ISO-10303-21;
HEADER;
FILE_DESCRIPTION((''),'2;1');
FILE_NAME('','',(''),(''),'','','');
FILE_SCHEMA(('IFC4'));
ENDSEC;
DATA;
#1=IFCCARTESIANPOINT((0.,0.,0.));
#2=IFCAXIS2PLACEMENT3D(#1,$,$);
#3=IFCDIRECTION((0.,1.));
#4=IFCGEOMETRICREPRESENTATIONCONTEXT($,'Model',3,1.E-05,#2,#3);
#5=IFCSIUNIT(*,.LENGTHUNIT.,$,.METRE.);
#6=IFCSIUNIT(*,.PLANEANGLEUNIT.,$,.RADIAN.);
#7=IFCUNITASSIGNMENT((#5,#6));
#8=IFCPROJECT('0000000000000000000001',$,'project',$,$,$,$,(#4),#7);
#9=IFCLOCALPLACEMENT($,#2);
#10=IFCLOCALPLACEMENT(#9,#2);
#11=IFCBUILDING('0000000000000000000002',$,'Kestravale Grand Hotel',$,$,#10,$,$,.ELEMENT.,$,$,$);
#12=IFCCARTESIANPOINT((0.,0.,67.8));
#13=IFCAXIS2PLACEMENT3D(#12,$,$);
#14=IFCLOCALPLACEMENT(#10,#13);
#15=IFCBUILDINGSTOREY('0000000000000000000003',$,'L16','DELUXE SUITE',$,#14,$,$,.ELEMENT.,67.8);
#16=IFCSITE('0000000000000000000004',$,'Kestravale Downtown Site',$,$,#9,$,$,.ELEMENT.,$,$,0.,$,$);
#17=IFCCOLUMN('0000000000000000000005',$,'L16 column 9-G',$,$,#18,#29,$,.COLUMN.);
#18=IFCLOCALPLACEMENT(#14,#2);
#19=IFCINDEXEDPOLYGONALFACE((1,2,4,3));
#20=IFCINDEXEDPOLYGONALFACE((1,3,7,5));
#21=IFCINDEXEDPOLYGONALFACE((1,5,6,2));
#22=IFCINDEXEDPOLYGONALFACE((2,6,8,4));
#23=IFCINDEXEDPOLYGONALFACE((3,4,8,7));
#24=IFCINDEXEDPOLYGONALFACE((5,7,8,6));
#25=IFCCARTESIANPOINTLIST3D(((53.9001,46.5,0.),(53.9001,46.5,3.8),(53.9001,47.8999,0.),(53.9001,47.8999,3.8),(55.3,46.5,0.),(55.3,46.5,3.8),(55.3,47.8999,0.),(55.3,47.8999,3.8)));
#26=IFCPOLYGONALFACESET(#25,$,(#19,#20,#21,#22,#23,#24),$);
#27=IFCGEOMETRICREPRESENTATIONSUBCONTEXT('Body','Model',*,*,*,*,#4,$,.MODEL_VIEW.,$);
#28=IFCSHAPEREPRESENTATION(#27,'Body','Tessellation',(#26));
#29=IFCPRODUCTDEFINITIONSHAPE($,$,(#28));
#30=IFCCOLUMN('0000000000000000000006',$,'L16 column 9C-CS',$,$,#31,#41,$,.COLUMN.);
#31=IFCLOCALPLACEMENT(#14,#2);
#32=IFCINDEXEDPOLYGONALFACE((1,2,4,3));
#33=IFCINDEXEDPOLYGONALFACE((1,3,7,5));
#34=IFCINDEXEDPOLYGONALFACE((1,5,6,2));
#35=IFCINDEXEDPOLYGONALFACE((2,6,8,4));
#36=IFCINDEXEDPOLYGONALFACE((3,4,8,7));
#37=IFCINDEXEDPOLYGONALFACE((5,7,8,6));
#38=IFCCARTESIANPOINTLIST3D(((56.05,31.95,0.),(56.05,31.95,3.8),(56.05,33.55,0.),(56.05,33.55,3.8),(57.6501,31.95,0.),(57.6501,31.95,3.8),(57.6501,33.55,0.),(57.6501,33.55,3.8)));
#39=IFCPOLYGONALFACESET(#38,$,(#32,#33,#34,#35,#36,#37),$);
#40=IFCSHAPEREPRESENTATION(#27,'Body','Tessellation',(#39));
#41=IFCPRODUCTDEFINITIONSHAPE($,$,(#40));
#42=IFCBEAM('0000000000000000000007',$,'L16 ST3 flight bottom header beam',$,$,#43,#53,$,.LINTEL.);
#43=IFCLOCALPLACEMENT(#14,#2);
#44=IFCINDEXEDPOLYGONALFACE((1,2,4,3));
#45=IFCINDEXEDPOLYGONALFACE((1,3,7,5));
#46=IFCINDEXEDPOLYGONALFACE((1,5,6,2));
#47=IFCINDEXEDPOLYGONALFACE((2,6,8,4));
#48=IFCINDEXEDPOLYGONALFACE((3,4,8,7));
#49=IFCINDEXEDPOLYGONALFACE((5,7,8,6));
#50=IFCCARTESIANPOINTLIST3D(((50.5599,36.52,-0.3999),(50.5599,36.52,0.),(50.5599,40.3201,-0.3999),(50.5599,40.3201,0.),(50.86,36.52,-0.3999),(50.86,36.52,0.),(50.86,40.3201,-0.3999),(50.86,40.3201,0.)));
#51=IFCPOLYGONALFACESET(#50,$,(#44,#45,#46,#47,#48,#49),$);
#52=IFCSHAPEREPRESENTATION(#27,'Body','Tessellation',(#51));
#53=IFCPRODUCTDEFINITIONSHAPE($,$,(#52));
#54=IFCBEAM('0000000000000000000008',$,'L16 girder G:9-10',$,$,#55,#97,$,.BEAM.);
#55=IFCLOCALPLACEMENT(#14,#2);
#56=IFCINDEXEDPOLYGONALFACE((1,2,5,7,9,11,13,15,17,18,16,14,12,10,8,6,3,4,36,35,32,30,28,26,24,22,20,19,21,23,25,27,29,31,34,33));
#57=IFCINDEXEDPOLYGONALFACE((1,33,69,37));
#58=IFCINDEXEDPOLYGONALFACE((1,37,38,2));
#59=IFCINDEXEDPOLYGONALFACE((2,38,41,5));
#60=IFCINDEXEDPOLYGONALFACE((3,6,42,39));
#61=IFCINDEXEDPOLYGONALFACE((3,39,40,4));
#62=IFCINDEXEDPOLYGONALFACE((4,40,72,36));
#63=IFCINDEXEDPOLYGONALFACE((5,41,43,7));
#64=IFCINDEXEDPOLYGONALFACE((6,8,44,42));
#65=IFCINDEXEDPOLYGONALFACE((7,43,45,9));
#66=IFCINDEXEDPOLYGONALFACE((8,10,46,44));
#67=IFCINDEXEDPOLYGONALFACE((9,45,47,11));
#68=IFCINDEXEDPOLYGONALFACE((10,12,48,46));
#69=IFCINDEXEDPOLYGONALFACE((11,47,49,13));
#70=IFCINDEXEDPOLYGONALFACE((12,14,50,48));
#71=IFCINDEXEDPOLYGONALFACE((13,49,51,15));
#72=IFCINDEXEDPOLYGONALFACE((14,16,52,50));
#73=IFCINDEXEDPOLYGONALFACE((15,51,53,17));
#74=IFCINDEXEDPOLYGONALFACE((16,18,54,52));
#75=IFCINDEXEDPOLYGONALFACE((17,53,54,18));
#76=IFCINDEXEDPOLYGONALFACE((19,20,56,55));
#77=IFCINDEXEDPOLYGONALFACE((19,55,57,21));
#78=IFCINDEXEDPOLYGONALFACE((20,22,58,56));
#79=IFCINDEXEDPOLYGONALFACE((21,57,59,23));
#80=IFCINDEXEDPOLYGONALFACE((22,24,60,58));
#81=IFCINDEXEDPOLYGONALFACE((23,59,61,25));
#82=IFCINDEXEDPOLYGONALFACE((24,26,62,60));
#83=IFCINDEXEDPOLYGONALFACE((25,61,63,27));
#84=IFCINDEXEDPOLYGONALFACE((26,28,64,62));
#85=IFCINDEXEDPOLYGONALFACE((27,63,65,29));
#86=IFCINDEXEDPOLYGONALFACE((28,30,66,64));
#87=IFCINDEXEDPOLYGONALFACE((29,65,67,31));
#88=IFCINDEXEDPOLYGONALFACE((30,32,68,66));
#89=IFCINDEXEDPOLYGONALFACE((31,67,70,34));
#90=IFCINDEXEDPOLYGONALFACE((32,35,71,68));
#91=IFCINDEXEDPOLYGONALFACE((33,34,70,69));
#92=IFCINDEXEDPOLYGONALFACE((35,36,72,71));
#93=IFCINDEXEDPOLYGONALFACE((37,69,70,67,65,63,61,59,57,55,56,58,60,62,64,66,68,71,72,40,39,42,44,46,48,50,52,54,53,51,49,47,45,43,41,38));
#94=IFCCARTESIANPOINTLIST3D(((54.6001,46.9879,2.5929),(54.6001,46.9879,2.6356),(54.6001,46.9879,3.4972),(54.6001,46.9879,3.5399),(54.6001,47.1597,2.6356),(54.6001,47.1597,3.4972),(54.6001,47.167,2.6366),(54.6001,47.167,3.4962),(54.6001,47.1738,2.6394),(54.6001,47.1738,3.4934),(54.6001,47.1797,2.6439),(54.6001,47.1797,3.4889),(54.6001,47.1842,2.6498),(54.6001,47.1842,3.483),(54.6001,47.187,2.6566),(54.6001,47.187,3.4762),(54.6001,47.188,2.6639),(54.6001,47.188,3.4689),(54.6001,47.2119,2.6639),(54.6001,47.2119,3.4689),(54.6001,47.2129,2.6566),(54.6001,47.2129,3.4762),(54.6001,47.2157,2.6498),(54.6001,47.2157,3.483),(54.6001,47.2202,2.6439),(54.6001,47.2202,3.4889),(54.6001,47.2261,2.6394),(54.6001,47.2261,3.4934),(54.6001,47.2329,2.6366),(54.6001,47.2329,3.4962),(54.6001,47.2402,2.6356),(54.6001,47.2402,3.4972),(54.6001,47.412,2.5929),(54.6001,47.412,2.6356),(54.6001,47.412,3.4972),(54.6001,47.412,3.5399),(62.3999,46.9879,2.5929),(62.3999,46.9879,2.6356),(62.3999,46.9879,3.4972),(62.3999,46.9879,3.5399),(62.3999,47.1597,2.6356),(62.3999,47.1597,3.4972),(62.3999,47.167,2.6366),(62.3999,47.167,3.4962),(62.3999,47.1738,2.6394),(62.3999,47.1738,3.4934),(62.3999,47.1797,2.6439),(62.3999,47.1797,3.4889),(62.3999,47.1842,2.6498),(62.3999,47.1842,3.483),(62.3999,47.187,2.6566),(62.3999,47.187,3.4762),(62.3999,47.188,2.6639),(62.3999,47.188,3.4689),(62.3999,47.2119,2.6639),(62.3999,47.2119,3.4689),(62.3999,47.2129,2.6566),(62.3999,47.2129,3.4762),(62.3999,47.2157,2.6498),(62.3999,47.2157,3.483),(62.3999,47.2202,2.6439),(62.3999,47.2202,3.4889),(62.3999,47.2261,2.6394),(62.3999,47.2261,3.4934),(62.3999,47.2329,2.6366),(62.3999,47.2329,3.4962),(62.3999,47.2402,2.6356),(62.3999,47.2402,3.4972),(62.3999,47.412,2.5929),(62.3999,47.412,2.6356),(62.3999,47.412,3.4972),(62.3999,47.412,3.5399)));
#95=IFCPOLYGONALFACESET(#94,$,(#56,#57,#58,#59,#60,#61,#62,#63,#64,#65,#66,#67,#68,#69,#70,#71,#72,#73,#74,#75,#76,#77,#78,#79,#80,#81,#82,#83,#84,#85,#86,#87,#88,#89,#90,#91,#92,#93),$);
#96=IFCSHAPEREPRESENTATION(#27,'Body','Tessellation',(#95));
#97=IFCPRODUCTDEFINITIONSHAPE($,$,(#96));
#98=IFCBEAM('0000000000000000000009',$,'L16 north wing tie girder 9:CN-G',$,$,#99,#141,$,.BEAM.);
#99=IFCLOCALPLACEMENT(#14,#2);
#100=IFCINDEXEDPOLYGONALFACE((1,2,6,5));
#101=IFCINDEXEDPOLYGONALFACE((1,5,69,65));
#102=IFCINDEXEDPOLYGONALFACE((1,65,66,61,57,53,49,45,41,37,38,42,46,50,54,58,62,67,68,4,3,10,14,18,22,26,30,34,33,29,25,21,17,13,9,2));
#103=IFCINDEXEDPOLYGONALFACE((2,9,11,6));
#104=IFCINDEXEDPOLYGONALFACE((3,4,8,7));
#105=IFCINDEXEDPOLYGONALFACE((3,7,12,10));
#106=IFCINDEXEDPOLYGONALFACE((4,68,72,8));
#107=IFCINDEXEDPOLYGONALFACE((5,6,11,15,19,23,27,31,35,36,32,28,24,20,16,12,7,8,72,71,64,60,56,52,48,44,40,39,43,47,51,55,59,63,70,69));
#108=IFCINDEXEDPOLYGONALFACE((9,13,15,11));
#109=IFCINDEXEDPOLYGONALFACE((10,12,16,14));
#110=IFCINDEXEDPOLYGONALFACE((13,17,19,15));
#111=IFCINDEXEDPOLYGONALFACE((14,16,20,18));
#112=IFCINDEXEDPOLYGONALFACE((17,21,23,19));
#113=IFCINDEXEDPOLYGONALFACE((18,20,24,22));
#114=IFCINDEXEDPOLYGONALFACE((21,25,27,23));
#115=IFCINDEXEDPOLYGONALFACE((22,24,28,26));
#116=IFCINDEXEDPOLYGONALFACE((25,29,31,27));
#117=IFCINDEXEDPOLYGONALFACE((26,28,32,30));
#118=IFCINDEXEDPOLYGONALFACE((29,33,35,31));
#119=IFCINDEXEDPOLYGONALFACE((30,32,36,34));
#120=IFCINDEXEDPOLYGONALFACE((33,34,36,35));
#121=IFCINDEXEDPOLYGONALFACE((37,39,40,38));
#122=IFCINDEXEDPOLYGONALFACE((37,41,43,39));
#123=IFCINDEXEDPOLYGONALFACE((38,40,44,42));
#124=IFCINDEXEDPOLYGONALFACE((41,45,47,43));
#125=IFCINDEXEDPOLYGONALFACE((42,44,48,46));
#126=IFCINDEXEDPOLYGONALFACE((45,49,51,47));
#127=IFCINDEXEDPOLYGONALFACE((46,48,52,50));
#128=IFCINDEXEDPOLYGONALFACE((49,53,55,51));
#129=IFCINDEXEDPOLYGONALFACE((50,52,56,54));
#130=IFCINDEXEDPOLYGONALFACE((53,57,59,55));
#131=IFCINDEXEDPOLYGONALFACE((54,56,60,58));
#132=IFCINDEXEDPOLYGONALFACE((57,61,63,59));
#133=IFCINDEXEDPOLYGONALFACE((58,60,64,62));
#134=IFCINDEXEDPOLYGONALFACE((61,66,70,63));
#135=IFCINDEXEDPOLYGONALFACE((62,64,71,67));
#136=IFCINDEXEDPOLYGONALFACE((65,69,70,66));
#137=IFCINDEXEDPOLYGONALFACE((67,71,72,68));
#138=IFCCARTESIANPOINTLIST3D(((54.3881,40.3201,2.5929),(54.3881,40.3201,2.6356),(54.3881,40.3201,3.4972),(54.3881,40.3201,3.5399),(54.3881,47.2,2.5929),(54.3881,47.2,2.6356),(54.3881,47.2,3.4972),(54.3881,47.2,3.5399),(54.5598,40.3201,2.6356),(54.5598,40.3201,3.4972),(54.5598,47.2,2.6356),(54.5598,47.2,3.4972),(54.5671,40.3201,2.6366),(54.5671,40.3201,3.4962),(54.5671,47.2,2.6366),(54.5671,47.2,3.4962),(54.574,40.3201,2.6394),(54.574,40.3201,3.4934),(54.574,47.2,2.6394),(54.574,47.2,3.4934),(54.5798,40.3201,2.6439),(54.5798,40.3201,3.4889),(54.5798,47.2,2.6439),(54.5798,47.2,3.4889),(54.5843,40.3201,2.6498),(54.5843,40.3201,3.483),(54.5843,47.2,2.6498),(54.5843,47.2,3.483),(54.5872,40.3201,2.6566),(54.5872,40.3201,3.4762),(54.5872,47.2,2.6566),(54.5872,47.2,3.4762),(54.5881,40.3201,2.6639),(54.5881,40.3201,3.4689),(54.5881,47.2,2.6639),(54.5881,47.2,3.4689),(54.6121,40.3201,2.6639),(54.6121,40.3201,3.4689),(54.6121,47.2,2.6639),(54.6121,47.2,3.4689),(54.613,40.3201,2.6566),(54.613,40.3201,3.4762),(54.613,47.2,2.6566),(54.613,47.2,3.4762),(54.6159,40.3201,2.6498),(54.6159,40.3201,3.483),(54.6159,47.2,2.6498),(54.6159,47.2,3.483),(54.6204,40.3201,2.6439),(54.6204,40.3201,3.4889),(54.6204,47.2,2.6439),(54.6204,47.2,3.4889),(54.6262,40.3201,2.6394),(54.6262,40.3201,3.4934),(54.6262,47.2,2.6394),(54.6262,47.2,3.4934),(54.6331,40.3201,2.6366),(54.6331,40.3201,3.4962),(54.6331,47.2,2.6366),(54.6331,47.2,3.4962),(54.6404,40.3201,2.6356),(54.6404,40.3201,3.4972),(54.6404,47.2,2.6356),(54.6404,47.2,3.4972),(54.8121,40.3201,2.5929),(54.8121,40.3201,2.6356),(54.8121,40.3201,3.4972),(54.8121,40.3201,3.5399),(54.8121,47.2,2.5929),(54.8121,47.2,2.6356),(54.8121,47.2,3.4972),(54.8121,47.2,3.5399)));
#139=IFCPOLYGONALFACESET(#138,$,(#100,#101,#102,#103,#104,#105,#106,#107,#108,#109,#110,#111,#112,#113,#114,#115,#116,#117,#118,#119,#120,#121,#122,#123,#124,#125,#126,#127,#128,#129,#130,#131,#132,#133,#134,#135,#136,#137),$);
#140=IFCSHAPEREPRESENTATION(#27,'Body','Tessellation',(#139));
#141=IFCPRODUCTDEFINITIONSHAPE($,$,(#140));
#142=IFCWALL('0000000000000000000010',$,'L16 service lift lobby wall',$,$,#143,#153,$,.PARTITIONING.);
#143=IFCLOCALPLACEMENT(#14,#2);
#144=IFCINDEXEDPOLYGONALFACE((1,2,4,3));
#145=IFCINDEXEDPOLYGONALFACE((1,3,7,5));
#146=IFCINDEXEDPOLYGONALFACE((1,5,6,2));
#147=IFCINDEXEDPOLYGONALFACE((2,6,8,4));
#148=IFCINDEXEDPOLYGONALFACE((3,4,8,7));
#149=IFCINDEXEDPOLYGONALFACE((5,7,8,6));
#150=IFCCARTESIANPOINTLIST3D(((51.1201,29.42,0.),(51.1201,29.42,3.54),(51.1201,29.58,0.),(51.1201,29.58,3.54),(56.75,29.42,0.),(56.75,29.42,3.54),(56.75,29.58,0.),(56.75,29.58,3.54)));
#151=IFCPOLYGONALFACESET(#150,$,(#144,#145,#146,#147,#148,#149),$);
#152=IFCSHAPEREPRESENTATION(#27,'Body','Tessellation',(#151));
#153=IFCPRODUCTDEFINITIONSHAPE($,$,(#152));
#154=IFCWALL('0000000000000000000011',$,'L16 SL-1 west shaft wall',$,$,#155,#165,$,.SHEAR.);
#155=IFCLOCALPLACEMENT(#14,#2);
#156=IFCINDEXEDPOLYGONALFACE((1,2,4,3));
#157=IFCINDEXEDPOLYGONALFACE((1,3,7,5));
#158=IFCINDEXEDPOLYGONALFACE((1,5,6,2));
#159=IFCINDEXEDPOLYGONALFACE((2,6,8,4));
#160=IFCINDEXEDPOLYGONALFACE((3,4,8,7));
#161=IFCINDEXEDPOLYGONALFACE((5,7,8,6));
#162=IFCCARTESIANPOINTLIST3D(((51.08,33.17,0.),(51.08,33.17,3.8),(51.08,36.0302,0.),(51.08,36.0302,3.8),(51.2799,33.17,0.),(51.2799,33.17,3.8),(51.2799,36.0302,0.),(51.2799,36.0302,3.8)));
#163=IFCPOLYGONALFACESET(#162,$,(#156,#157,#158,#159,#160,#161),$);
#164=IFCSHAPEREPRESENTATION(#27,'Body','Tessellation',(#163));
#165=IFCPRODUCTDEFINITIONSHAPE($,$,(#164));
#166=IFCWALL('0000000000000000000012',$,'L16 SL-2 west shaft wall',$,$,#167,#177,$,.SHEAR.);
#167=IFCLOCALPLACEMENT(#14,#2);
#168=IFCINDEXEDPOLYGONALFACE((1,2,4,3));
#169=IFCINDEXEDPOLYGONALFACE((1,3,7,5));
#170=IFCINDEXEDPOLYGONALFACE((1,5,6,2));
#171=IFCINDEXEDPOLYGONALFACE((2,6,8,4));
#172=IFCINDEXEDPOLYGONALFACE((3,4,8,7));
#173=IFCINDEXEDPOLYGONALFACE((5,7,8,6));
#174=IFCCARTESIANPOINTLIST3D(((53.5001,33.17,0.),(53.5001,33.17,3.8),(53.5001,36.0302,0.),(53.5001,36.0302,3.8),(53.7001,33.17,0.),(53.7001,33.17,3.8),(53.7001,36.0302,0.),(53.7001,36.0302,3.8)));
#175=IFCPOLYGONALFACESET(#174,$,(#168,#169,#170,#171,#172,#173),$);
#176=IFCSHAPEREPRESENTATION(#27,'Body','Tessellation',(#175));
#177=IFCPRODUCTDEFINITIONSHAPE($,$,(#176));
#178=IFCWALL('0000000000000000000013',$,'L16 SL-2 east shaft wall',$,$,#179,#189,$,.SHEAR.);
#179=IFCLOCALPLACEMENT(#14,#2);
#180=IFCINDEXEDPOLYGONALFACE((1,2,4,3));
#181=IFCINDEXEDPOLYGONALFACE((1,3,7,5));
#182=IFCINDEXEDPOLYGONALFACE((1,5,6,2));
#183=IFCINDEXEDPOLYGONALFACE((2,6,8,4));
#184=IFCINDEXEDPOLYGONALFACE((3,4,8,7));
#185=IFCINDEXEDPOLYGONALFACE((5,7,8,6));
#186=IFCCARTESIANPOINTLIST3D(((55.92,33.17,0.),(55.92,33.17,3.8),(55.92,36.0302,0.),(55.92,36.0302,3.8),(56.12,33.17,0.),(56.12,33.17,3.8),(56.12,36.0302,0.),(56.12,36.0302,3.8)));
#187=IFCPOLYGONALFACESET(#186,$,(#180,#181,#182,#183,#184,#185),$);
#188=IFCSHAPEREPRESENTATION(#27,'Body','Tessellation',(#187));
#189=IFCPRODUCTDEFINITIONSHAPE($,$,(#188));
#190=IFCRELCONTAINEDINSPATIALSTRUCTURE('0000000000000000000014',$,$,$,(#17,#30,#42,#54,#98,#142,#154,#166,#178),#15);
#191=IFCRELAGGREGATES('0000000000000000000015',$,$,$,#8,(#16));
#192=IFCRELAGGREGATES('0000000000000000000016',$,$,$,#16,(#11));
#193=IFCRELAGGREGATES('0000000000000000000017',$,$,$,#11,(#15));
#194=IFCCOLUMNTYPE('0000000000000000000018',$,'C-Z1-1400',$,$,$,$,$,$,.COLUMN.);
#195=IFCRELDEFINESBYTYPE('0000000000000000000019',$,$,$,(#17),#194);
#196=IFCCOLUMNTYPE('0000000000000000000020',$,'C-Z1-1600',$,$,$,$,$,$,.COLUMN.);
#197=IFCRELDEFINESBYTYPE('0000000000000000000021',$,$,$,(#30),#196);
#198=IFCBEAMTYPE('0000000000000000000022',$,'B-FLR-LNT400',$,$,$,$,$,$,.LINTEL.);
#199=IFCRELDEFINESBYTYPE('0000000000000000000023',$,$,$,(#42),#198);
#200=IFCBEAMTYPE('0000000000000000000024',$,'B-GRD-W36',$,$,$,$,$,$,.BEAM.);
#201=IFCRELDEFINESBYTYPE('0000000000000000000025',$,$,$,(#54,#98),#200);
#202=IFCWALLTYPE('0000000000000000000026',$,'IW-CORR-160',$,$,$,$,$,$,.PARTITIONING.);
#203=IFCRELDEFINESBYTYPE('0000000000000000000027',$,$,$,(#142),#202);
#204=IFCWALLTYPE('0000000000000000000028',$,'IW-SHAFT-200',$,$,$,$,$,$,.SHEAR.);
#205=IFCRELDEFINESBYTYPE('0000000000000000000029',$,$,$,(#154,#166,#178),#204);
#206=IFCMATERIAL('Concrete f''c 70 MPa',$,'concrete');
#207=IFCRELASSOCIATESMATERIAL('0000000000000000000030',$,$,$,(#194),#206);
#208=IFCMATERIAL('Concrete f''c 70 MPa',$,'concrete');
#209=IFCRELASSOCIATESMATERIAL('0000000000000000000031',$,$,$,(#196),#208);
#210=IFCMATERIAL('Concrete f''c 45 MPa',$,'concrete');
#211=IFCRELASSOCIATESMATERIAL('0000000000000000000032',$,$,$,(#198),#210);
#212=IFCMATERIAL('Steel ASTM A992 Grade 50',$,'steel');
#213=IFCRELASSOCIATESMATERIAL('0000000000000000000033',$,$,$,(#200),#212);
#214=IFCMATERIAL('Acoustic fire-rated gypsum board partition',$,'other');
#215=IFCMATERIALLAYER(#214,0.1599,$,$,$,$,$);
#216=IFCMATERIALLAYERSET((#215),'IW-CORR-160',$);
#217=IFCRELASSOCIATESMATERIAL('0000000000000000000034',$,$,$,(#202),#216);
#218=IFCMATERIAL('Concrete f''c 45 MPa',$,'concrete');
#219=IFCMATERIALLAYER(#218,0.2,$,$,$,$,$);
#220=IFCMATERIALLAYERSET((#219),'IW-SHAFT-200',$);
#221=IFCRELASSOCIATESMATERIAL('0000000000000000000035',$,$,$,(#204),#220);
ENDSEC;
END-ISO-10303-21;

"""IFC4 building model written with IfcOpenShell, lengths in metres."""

from ifc_helpers import new_model, si_unit, direction, frame, frame_2d, origin, origin_2d, place, context, subcontext, project, spatial, rectangle, i_section, extrude, material, layer, layer_set, material_profile, profile_set, type_object, element, save


model = new_model("IFC4")

# Units and contexts
model_context = context("Model", 3, precision=1e-05, world=origin(), true_north=direction((0.0, 1.0)))
body_context = subcontext(model_context, "Body", "Model", "MODEL_VIEW")
ifc_project = project(units=[si_unit("LENGTHUNIT", "METRE"), si_unit("PLANEANGLEUNIT", "RADIAN")], contexts=[model_context])

# Site, building, storey
site_placement = place(None, origin())
site = spatial("IfcSite", under=ifc_project, at=site_placement, Name="Kestravale Downtown Site", CompositionType="ELEMENT", RefElevation=0.0)
building_placement = place(site_placement, origin())
building = spatial("IfcBuilding", under=site, at=building_placement, Name="Kestravale Grand Hotel", CompositionType="ELEMENT")
storey_placement = place(building_placement, frame((0.0, 0.0, 67.8)))
storey = spatial("IfcBuildingStorey", under=building, at=storey_placement, Name="L16", Description="DELUXE SUITE", CompositionType="ELEMENT", Elevation=67.8)

# Columns
ifc_material_1 = material(Name="Concrete f'c 70 MPa", Category="concrete")
ifc_material_profile_1 = material_profile(ifc_material_1, rectangle(XDim=1.3999, YDim=1.3999, at=origin_2d()))
ifc_profile_set_1 = profile_set([ifc_material_profile_1], Name="Concrete f'c 70 MPa")
column_type_1 = type_object("IfcColumnType", Name="C-Z1-1400", PredefinedType="COLUMN", material=ifc_profile_set_1)
column_1_placement = place(storey_placement, frame((54.6001, 47.2, 0.0), z_axis=(0.0, 0.0, 1.0), x_axis=(1.0, 0.0, 0.0)))
element("IfcColumn", 1, at=column_1_placement, inside=storey, type_object=column_type_1, Name="L16 column 9-G", PredefinedType="COLUMN", context=body_context, shape_type="SweptSolid", body=[
    extrude(rectangle(XDim=1.3999, YDim=1.3999, at=origin_2d()), origin(), (0.0, 0.0, 1.0), 3.8),
])
ifc_material_2 = material(Name="Concrete f'c 70 MPa", Category="concrete")
ifc_material_profile_2 = material_profile(ifc_material_2, rectangle(XDim=1.6001, YDim=1.6001, at=origin_2d()))
ifc_profile_set_2 = profile_set([ifc_material_profile_2], Name="Concrete f'c 70 MPa")
column_type_2 = type_object("IfcColumnType", Name="C-Z1-1600", PredefinedType="COLUMN", material=ifc_profile_set_2)
column_2_placement = place(storey_placement, frame((56.8501, 32.75, 0.0), z_axis=(0.0, 0.0, 1.0), x_axis=(1.0, 0.0, 0.0)))
element("IfcColumn", 2, at=column_2_placement, inside=storey, type_object=column_type_2, Name="L16 column 9C-CS", PredefinedType="COLUMN", context=body_context, shape_type="SweptSolid", body=[
    extrude(rectangle(XDim=1.6001, YDim=1.6001, at=origin_2d()), origin(), (0.0, 0.0, 1.0), 3.8),
])

# Beams
ifc_material_3 = material(Name="Concrete f'c 45 MPa", Category="concrete")
ifc_material_profile_3 = material_profile(ifc_material_3, rectangle(XDim=0.3, YDim=0.3999, at=origin_2d()))
ifc_profile_set_3 = profile_set([ifc_material_profile_3], Name="Concrete f'c 45 MPa")
beam_type_1 = type_object("IfcBeamType", Name="B-FLR-LNT400", PredefinedType="LINTEL", material=ifc_profile_set_3)
beam_1_placement = place(storey_placement, frame((50.71, 36.52, -0.2), z_axis=(0.0, 1.0, 0.0), x_axis=(-1.0, 0.0, 0.0)))
element("IfcBeam", 3, at=beam_1_placement, inside=storey, type_object=beam_type_1, Name="L16 ST3 flight bottom header beam", PredefinedType="LINTEL", context=body_context, shape_type="SweptSolid", body=[
    extrude(rectangle(XDim=0.3, YDim=0.3999, at=origin_2d()), origin(), (0.0, 0.0, 1.0), 3.8),
])
ifc_material_4 = material(Name="Steel ASTM A992 Grade 50", Category="steel")
ifc_material_profile_4 = material_profile(ifc_material_4, i_section(OverallWidth=0.4241, OverallDepth=0.947, WebThickness=0.0239, FlangeThickness=0.0427, FilletRadius=0.0283, at=origin_2d()))
ifc_profile_set_4 = profile_set([ifc_material_profile_4], Name="Steel ASTM A992 Grade 50")
beam_type_2 = type_object("IfcBeamType", Name="B-GRD-W36", PredefinedType="BEAM", material=ifc_profile_set_4)
beam_2_placement = place(storey_placement, frame((54.6001, 47.2, 3.0664), z_axis=(1.0, 0.0, 0.0), x_axis=(0.0, 1.0, 0.0)))
element("IfcBeam", 4, at=beam_2_placement, inside=storey, type_object=beam_type_2, Name="L16 girder G:9-10", PredefinedType="BEAM", context=body_context, shape_type="SweptSolid", body=[
    extrude(i_section(OverallWidth=0.4241, OverallDepth=0.947, WebThickness=0.0239, FlangeThickness=0.0427, FilletRadius=0.0283, at=origin_2d()), origin(), (0.0, 0.0, 1.0), 7.7998),
])
beam_3_placement = place(storey_placement, frame((54.6001, 40.3201, 3.0664), z_axis=(0.0, 1.0, 0.0), x_axis=(-1.0, 0.0, 0.0)))
element("IfcBeam", 5, at=beam_3_placement, inside=storey, type_object=beam_type_2, Name="L16 north wing tie girder 9:CN-G", PredefinedType="BEAM", context=body_context, shape_type="SweptSolid", body=[
    extrude(i_section(OverallWidth=0.4241, OverallDepth=0.947, WebThickness=0.0239, FlangeThickness=0.0427, FilletRadius=0.0283, at=origin_2d()), origin(), (0.0, 0.0, 1.0), 6.8799),
])

# Shared definitions
ifc_material_5 = material(Name="Acoustic fire-rated gypsum board partition", Category="other")
ifc_layer_1 = layer(ifc_material_5, 0.1599)
ifc_layer_set_1 = layer_set([ifc_layer_1], Name="IW-CORR-160")
wall_type_1 = type_object("IfcWallType", Name="IW-CORR-160", PredefinedType="PARTITIONING", material=ifc_layer_set_1)

# Walls
wall_1_placement = place(storey_placement, frame((51.1201, 29.5, 0.0), z_axis=(0.0, 0.0, 1.0), x_axis=(1.0, 0.0, 0.0)))
element("IfcWall", 6, at=wall_1_placement, inside=storey, type_object=wall_type_1, Name="L16 service lift lobby wall", PredefinedType="PARTITIONING", context=body_context, shape_type="SweptSolid", body=[
    extrude(rectangle(XDim=5.6299, YDim=0.1599, at=frame_2d((2.8149, 0.0))), origin(), (0.0, 0.0, 1.0), 3.54),
])
ifc_material_6 = material(Name="Concrete f'c 45 MPa", Category="concrete")
ifc_layer_2 = layer(ifc_material_6, 0.2)
ifc_layer_set_2 = layer_set([ifc_layer_2], Name="IW-SHAFT-200")
wall_type_2 = type_object("IfcWallType", Name="IW-SHAFT-200", PredefinedType="SHEAR", material=ifc_layer_set_2)
for number, where, z_axis, x_axis, name in (
    (7, (51.1799, 33.1699, 0.0), (0.0, 0.0, 1.0), (0.0, 1.0, 0.0), "L16 SL-1 west shaft wall"),
    (8, (53.6001, 33.1699, 0.0), (0.0, 0.0, 1.0), (0.0, 1.0, 0.0), "L16 SL-2 west shaft wall"),
    (9, (56.02, 33.1699, 0.0), (0.0, 0.0, 1.0), (0.0, 1.0, 0.0), "L16 SL-2 east shaft wall"),
):
    element("IfcWall", number, at=place(storey_placement, frame(where, z_axis=z_axis, x_axis=x_axis)), inside=storey, type_object=wall_type_2, Name=name, PredefinedType="SHEAR", context=body_context, shape_type="SweptSolid", body=[
        extrude(rectangle(XDim=2.8601, YDim=0.2, at=frame_2d((1.4302, 0.0))), origin(), (0.0, 0.0, 1.0), 3.8),
    ])

save(model, "model.ifc")
